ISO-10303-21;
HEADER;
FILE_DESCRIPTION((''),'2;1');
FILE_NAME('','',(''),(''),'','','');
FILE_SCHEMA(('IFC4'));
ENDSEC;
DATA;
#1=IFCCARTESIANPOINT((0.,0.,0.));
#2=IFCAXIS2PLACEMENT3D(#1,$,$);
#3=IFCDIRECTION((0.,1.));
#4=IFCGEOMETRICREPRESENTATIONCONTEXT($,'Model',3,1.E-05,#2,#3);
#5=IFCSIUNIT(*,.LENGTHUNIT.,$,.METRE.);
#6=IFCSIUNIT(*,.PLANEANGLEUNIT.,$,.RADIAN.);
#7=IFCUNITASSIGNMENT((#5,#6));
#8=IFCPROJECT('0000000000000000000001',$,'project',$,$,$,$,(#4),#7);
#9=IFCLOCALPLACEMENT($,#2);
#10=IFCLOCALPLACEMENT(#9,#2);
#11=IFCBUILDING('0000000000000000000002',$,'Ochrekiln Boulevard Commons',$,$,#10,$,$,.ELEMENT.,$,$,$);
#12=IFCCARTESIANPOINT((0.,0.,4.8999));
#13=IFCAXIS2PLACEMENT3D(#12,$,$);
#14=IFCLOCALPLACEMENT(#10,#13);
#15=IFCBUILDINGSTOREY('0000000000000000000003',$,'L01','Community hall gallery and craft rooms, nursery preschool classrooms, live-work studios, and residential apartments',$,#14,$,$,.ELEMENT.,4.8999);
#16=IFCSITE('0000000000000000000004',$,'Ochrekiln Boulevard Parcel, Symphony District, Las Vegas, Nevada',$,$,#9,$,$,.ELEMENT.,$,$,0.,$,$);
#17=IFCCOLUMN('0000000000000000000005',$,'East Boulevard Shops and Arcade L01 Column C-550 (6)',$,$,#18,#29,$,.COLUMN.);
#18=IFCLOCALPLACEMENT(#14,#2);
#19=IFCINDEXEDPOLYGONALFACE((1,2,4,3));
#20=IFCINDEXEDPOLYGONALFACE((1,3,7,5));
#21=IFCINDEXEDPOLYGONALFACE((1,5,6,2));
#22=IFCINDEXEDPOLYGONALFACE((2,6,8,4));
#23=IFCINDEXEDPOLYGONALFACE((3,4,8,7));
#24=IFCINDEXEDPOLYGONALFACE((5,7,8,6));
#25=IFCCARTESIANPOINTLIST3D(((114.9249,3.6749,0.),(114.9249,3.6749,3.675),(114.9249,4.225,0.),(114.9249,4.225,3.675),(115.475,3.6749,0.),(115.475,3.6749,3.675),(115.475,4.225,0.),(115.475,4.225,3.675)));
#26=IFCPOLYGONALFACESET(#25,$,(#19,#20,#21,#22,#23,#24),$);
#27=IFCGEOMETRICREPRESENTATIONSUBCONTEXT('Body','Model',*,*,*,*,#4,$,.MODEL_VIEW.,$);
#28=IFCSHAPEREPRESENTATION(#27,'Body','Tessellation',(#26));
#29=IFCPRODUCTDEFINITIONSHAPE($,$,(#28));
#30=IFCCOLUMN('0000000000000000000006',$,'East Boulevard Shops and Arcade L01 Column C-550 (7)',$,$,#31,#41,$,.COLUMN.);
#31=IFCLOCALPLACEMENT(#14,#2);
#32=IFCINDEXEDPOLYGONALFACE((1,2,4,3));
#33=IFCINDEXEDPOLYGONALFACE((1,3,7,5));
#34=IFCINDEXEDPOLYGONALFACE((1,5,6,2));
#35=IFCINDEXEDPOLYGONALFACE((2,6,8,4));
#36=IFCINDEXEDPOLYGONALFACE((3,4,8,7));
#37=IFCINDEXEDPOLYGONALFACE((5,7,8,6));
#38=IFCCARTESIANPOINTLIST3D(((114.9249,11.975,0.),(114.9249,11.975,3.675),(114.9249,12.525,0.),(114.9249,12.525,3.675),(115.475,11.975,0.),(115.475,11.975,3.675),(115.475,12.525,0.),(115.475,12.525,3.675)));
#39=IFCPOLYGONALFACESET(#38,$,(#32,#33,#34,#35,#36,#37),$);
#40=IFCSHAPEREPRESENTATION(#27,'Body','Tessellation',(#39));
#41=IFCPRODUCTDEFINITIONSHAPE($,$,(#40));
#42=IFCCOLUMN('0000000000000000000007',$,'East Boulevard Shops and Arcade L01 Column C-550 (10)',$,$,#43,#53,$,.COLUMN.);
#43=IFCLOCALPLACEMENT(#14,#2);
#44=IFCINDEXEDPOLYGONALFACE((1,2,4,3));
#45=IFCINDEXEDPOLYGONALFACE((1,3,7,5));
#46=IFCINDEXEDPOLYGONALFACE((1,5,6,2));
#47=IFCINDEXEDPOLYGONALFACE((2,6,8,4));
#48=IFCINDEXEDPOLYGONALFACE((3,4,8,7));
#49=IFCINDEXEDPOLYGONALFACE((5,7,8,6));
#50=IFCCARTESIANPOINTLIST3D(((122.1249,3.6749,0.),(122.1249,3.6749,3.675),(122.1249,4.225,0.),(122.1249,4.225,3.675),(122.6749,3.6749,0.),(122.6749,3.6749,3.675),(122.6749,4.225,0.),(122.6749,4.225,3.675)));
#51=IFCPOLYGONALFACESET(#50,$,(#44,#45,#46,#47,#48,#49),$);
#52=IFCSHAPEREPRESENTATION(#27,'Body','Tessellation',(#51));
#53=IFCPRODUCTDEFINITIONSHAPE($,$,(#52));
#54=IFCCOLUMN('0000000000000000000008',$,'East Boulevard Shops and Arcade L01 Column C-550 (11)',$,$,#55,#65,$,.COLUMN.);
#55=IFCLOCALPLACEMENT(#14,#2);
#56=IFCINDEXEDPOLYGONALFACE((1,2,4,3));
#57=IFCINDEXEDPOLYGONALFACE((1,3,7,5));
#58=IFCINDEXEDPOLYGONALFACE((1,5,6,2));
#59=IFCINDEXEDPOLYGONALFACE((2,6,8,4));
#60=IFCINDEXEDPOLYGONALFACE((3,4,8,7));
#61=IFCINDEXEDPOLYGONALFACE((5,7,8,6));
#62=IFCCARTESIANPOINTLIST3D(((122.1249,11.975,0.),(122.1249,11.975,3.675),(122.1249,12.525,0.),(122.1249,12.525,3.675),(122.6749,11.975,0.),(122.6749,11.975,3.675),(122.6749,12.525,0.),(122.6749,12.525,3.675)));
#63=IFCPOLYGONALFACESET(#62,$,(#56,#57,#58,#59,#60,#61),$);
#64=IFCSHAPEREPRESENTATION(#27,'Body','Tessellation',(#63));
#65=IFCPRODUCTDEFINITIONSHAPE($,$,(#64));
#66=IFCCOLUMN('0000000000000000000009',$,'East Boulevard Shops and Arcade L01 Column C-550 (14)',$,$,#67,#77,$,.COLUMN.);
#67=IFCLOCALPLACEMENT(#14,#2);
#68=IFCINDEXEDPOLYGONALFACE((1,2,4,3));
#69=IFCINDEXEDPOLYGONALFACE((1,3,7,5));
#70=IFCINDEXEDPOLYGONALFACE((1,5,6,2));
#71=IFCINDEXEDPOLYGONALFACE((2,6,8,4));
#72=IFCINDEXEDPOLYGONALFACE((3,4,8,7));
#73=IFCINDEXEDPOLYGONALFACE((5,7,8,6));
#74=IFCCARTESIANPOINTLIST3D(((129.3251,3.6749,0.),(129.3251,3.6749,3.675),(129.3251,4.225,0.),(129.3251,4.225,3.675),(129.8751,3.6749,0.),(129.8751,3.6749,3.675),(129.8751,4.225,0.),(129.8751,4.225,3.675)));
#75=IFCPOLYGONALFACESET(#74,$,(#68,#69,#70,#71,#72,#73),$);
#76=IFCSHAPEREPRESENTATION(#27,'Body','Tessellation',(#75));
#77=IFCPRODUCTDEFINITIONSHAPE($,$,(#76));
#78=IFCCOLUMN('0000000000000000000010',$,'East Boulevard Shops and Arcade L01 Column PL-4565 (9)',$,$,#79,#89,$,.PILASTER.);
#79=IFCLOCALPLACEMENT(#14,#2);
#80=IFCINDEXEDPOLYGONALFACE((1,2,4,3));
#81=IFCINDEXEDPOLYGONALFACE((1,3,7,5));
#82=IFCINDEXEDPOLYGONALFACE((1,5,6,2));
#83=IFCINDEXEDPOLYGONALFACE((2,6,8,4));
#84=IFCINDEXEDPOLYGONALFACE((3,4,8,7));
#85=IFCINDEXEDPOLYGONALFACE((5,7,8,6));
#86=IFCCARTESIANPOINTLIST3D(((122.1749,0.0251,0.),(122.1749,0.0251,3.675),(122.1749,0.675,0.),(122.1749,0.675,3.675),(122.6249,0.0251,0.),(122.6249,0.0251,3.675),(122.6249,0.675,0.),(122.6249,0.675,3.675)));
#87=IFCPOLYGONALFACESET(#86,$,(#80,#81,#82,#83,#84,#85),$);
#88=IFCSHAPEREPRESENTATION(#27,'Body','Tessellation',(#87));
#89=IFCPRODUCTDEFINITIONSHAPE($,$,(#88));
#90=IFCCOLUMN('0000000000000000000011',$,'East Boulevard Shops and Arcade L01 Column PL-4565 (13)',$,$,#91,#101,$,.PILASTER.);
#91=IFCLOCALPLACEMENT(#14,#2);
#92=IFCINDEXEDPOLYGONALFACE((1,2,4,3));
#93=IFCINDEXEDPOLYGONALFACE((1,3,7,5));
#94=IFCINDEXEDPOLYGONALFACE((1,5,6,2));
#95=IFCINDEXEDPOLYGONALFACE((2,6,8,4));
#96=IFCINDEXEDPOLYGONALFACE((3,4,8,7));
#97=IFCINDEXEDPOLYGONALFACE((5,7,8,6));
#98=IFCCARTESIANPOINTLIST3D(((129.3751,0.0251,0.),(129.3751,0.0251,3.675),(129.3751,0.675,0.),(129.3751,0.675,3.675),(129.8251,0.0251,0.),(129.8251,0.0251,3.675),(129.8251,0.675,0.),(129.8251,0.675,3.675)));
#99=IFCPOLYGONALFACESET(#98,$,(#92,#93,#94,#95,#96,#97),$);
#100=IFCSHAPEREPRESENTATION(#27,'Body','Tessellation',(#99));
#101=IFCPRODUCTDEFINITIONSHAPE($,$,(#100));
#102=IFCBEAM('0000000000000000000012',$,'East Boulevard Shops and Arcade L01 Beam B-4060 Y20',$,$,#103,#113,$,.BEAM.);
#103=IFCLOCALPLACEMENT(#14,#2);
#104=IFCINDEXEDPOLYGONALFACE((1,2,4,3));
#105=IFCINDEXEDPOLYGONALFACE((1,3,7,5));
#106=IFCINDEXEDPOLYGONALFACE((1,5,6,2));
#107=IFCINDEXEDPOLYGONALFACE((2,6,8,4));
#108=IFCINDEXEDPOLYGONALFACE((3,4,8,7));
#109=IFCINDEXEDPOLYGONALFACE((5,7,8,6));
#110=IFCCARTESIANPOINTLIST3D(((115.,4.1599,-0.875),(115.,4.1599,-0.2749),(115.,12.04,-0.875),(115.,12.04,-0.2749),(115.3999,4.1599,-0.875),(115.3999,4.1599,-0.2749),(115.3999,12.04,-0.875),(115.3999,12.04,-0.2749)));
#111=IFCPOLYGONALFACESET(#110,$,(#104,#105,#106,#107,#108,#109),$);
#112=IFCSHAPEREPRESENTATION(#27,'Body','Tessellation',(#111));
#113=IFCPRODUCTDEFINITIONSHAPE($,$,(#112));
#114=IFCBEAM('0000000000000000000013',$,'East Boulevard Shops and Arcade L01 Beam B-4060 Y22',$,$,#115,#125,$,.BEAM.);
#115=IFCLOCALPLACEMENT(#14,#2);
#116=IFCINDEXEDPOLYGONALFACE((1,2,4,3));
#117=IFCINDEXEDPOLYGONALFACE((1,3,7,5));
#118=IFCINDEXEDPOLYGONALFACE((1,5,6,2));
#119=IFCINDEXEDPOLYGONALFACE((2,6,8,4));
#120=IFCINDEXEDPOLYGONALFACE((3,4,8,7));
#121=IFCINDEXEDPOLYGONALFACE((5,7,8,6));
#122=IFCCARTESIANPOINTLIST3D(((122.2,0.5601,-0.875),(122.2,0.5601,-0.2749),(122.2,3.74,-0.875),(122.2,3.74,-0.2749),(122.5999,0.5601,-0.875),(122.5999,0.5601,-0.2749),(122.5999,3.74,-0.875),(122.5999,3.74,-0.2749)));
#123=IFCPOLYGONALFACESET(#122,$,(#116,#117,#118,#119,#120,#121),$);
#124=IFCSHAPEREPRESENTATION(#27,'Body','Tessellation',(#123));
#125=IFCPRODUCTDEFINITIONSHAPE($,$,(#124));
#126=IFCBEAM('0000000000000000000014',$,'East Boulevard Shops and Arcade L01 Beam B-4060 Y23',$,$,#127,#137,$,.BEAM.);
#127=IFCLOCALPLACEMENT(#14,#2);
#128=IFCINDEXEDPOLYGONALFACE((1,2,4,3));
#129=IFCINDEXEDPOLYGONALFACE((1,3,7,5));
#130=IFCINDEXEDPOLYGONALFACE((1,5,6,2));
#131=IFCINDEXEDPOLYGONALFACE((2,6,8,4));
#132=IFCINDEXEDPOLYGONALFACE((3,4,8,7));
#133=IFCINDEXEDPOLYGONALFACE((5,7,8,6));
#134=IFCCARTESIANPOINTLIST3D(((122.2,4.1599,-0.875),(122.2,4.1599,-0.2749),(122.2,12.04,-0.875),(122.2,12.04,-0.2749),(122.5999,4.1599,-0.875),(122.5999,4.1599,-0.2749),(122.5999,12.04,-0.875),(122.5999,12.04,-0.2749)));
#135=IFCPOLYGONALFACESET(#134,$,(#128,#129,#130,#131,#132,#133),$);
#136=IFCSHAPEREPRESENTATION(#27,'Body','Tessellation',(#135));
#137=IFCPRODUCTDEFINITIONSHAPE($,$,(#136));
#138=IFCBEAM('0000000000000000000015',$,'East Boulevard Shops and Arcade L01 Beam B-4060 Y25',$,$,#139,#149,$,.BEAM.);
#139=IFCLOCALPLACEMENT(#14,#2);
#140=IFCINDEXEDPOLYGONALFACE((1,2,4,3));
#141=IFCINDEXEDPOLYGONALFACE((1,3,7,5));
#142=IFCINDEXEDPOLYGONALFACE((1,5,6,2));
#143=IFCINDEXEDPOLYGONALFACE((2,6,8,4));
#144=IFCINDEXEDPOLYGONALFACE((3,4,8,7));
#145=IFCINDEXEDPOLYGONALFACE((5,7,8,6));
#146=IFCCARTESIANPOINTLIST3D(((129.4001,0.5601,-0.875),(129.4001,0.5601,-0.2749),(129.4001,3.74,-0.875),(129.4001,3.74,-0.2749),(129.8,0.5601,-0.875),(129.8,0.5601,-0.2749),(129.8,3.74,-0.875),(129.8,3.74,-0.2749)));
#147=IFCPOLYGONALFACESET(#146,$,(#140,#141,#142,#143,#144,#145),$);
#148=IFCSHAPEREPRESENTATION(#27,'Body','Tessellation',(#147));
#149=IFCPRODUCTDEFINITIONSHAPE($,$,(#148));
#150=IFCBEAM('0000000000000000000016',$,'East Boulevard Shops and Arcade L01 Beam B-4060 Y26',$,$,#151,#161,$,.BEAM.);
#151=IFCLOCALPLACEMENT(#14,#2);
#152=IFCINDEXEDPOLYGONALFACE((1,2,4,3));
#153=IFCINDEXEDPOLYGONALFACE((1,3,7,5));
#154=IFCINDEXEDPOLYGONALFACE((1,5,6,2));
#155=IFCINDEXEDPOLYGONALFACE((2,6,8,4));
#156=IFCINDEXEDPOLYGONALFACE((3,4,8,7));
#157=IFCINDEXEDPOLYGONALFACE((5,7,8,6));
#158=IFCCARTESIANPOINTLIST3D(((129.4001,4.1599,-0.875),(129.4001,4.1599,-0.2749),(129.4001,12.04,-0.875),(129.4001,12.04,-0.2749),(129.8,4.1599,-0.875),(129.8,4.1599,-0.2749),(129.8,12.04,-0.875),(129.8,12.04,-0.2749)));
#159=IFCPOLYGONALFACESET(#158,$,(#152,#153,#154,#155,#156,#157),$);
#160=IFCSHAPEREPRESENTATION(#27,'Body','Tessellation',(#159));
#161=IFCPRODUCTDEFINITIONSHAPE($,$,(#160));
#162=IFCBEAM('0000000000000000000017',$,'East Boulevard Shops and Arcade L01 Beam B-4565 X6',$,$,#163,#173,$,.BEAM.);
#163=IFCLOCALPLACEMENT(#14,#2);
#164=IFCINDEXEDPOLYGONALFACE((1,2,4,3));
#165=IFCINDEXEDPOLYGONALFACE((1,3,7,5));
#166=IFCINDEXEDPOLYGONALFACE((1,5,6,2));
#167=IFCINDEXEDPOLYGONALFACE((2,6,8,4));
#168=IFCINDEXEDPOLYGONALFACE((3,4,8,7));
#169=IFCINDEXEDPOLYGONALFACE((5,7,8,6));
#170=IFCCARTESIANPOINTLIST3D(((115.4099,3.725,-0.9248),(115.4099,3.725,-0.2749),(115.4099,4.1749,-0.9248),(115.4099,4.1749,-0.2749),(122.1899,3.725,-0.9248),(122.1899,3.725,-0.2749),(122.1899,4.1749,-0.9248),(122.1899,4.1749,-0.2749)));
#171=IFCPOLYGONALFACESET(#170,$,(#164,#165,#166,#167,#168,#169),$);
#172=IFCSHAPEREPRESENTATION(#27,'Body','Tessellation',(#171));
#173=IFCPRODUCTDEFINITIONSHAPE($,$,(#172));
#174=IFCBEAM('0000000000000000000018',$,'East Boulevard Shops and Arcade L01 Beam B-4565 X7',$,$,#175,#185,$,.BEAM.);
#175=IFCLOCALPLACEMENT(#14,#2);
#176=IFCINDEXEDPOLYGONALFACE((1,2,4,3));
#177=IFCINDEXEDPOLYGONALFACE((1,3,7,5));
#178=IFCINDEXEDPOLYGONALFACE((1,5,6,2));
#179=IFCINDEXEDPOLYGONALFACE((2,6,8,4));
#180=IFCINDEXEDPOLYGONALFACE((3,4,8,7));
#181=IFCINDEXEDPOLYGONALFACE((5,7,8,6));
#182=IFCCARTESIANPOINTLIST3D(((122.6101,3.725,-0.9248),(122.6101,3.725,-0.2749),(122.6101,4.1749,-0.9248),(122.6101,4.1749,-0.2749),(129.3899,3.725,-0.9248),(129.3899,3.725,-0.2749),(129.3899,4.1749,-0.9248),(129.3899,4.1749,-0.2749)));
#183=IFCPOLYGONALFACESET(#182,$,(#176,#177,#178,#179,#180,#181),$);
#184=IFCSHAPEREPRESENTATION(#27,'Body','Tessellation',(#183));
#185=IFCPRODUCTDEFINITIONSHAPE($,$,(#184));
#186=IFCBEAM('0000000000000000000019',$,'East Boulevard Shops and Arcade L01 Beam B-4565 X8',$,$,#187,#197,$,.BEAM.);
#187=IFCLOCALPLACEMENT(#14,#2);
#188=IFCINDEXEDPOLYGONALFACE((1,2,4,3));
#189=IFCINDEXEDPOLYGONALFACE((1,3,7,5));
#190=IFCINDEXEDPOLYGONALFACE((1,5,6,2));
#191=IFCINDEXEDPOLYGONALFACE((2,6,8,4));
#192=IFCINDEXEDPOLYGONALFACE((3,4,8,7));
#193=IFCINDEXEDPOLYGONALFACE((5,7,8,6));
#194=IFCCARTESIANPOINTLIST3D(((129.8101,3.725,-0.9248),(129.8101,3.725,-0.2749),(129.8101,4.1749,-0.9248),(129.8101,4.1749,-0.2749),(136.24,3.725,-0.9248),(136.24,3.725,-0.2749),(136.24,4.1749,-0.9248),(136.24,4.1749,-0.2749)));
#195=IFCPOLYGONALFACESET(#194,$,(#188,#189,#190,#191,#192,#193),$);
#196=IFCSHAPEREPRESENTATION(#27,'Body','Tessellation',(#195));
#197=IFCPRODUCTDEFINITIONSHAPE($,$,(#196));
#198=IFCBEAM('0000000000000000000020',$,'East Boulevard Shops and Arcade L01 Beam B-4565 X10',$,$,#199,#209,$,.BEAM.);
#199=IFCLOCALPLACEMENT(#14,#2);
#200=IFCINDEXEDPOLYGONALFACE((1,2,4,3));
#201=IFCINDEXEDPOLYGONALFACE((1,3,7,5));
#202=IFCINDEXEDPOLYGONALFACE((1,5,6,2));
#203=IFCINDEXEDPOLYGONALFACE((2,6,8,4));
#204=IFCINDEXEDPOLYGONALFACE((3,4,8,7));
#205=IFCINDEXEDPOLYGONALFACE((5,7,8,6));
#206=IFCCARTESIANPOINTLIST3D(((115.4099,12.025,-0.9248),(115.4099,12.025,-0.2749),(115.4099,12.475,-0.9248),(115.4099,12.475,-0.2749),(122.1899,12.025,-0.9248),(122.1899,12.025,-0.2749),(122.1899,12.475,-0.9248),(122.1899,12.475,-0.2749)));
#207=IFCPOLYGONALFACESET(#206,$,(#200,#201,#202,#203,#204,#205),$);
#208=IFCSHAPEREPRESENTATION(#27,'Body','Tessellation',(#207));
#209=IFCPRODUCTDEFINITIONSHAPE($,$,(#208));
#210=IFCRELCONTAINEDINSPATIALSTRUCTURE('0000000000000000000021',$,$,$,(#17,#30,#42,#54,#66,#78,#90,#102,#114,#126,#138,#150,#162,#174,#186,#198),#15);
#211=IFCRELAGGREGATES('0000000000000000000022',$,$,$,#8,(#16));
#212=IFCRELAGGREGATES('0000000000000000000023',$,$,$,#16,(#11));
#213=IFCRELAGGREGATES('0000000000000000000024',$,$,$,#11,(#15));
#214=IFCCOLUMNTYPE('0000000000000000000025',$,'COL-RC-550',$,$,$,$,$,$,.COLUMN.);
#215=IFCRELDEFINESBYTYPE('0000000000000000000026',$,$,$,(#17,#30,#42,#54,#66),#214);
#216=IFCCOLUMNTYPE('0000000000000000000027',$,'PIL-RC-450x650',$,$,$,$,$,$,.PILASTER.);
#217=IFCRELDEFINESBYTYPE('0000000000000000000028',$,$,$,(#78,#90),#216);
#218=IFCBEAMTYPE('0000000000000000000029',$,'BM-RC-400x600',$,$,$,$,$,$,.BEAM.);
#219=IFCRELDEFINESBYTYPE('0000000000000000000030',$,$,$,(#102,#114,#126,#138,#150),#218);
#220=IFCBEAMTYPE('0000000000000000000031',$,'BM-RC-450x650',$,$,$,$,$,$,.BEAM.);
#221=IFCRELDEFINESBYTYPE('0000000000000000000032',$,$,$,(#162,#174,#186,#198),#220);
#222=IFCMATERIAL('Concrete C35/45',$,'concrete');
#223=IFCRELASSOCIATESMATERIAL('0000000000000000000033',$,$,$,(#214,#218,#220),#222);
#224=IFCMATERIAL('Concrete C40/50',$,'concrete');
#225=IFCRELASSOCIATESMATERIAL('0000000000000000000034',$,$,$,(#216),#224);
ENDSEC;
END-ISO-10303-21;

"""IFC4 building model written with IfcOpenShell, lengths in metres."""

from ifc_helpers import new_model, si_unit, direction, frame, origin, origin_2d, place, context, subcontext, project, spatial, rectangle, extrude, material, material_profile, profile_set, type_object, element, save


model = new_model("IFC4")

# Units and contexts
model_context = context("Model", 3, precision=1e-05, world=origin(), true_north=direction((0.0, 1.0)))
body_context = subcontext(model_context, "Body", "Model", "MODEL_VIEW")
ifc_project = project(units=[si_unit("LENGTHUNIT", "METRE"), si_unit("PLANEANGLEUNIT", "RADIAN")], contexts=[model_context])

# Site, building, storey
site_placement = place(None, origin())
site = spatial("IfcSite", under=ifc_project, at=site_placement, Name="Ochrekiln Boulevard Parcel, Symphony District, Las Vegas, Nevada", CompositionType="ELEMENT", RefElevation=0.0)
building_placement = place(site_placement, origin())
building = spatial("IfcBuilding", under=site, at=building_placement, Name="Ochrekiln Boulevard Commons", CompositionType="ELEMENT")
storey_placement = place(building_placement, frame((0.0, 0.0, 4.8999)))
storey = spatial("IfcBuildingStorey", under=building, at=storey_placement, Name="L01", Description="Community hall gallery and craft rooms, nursery preschool classrooms, live-work studios, and residential apartments", CompositionType="ELEMENT", Elevation=4.8999)

# Columns
ifc_material_1 = material(Name="Concrete C35/45", Category="concrete")
ifc_material_profile_1 = material_profile(ifc_material_1, rectangle(XDim=0.55, YDim=0.55, at=origin_2d()), Name="RC-COL-550x550")
ifc_profile_set_1 = profile_set([ifc_material_profile_1], Name="Concrete C35/45")
column_type_1 = type_object("IfcColumnType", Name="COL-RC-550", PredefinedType="COLUMN", material=ifc_profile_set_1)
for number, where, z_axis, x_axis, name in (
    (1, (115.2, 3.95, 0.0), (0.0, 0.0, 1.0), (1.0, 0.0, 0.0), "East Boulevard Shops and Arcade L01 Column C-550 (6)"),
    (2, (115.2, 12.25, 0.0), (0.0, 0.0, 1.0), (1.0, 0.0, 0.0), "East Boulevard Shops and Arcade L01 Column C-550 (7)"),
    (3, (122.3999, 3.95, 0.0), (0.0, 0.0, 1.0), (1.0, 0.0, 0.0), "East Boulevard Shops and Arcade L01 Column C-550 (10)"),
    (4, (122.3999, 12.25, 0.0), (0.0, 0.0, 1.0), (1.0, 0.0, 0.0), "East Boulevard Shops and Arcade L01 Column C-550 (11)"),
    (5, (129.6001, 3.95, 0.0), (0.0, 0.0, 1.0), (1.0, 0.0, 0.0), "East Boulevard Shops and Arcade L01 Column C-550 (14)"),
):
    element("IfcColumn", number, at=place(storey_placement, frame(where, z_axis=z_axis, x_axis=x_axis)), inside=storey, type_object=column_type_1, Name=name, PredefinedType="COLUMN", context=body_context, shape_type="SweptSolid", body=[
        extrude(rectangle(XDim=0.55, YDim=0.55, at=origin_2d()), origin(), (0.0, 0.0, 1.0), 3.675),
    ])
ifc_material_2 = material(Name="Concrete C40/50", Category="concrete")
ifc_material_profile_2 = material_profile(ifc_material_2, rectangle(XDim=0.45, YDim=0.6499, at=origin_2d()), Name="RC-PIL-450x650")
ifc_profile_set_2 = profile_set([ifc_material_profile_2], Name="Concrete C40/50")
column_type_2 = type_object("IfcColumnType", Name="PIL-RC-450x650", PredefinedType="PILASTER", material=ifc_profile_set_2)
for number, where, z_axis, x_axis, name in (
    (6, (122.3999, 0.3501, 0.0), (0.0, 0.0, 1.0), (1.0, 0.0, 0.0), "East Boulevard Shops and Arcade L01 Column PL-4565 (9)"),
    (7, (129.6001, 0.3501, 0.0), (0.0, 0.0, 1.0), (1.0, 0.0, 0.0), "East Boulevard Shops and Arcade L01 Column PL-4565 (13)"),
):
    element("IfcColumn", number, at=place(storey_placement, frame(where, z_axis=z_axis, x_axis=x_axis)), inside=storey, type_object=column_type_2, Name=name, PredefinedType="PILASTER", context=body_context, shape_type="SweptSolid", body=[
        extrude(rectangle(XDim=0.45, YDim=0.6499, at=origin_2d()), origin(), (0.0, 0.0, 1.0), 3.675),
    ])

# Beams
ifc_material_profile_3 = material_profile(ifc_material_1, rectangle(XDim=0.3999, YDim=0.6001, at=origin_2d()), Name="RC-BM-400x600")
ifc_profile_set_3 = profile_set([ifc_material_profile_3], Name="Concrete C35/45")
beam_type_1 = type_object("IfcBeamType", Name="BM-RC-400x600", PredefinedType="BEAM", material=ifc_profile_set_3)
beam_1_placement = place(storey_placement, frame((115.2, 4.1599, -0.575), z_axis=(0.0, 1.0, 0.0), x_axis=(-1.0, 0.0, 0.0)))
element("IfcBeam", 8, at=beam_1_placement, inside=storey, type_object=beam_type_1, Name="East Boulevard Shops and Arcade L01 Beam B-4060 Y20", PredefinedType="BEAM", context=body_context, shape_type="SweptSolid", body=[
    extrude(rectangle(XDim=0.3999, YDim=0.6001, at=origin_2d()), origin(), (0.0, 0.0, 1.0), 7.8801),
])
beam_2_placement = place(storey_placement, frame((122.3999, 0.5601, -0.575), z_axis=(0.0, 1.0, 0.0), x_axis=(-1.0, 0.0, 0.0)))
element("IfcBeam", 9, at=beam_2_placement, inside=storey, type_object=beam_type_1, Name="East Boulevard Shops and Arcade L01 Beam B-4060 Y22", PredefinedType="BEAM", context=body_context, shape_type="SweptSolid", body=[
    extrude(rectangle(XDim=0.3999, YDim=0.6001, at=origin_2d()), origin(), (0.0, 0.0, 1.0), 3.1799),
])
beam_3_placement = place(storey_placement, frame((122.3999, 4.1599, -0.575), z_axis=(0.0, 1.0, 0.0), x_axis=(-1.0, 0.0, 0.0)))
element("IfcBeam", 10, at=beam_3_placement, inside=storey, type_object=beam_type_1, Name="East Boulevard Shops and Arcade L01 Beam B-4060 Y23", PredefinedType="BEAM", context=body_context, shape_type="SweptSolid", body=[
    extrude(rectangle(XDim=0.3999, YDim=0.6001, at=origin_2d()), origin(), (0.0, 0.0, 1.0), 7.8801),
])
beam_4_placement = place(storey_placement, frame((129.6001, 0.5601, -0.575), z_axis=(0.0, 1.0, 0.0), x_axis=(-1.0, 0.0, 0.0)))
element("IfcBeam", 11, at=beam_4_placement, inside=storey, type_object=beam_type_1, Name="East Boulevard Shops and Arcade L01 Beam B-4060 Y25", PredefinedType="BEAM", context=body_context, shape_type="SweptSolid", body=[
    extrude(rectangle(XDim=0.3999, YDim=0.6001, at=origin_2d()), origin(), (0.0, 0.0, 1.0), 3.1799),
])
beam_5_placement = place(storey_placement, frame((129.6001, 4.1599, -0.575), z_axis=(0.0, 1.0, 0.0), x_axis=(-1.0, 0.0, 0.0)))
element("IfcBeam", 12, at=beam_5_placement, inside=storey, type_object=beam_type_1, Name="East Boulevard Shops and Arcade L01 Beam B-4060 Y26", PredefinedType="BEAM", context=body_context, shape_type="SweptSolid", body=[
    extrude(rectangle(XDim=0.3999, YDim=0.6001, at=origin_2d()), origin(), (0.0, 0.0, 1.0), 7.8801),
])
ifc_material_profile_4 = material_profile(ifc_material_1, rectangle(XDim=0.45, YDim=0.6499, at=origin_2d()), Name="RC-BM-450x650")
ifc_profile_set_4 = profile_set([ifc_material_profile_4], Name="Concrete C35/45")
beam_type_2 = type_object("IfcBeamType", Name="BM-RC-450x650", PredefinedType="BEAM", material=ifc_profile_set_4)
beam_6_placement = place(storey_placement, frame((115.4099, 3.95, -0.5999), z_axis=(1.0, 0.0, 0.0), x_axis=(0.0, 1.0, 0.0)))
element("IfcBeam", 13, at=beam_6_placement, inside=storey, type_object=beam_type_2, Name="East Boulevard Shops and Arcade L01 Beam B-4565 X6", PredefinedType="BEAM", context=body_context, shape_type="SweptSolid", body=[
    extrude(rectangle(XDim=0.45, YDim=0.6499, at=origin_2d()), origin(), (0.0, 0.0, 1.0), 6.78),
])
beam_7_placement = place(storey_placement, frame((122.6101, 3.95, -0.5999), z_axis=(1.0, 0.0, 0.0), x_axis=(0.0, 1.0, 0.0)))
element("IfcBeam", 14, at=beam_7_placement, inside=storey, type_object=beam_type_2, Name="East Boulevard Shops and Arcade L01 Beam B-4565 X7", PredefinedType="BEAM", context=body_context, shape_type="SweptSolid", body=[
    extrude(rectangle(XDim=0.45, YDim=0.6499, at=origin_2d()), origin(), (0.0, 0.0, 1.0), 6.7798),
])
beam_8_placement = place(storey_placement, frame((129.8101, 3.95, -0.5999), z_axis=(1.0, 0.0, 0.0), x_axis=(0.0, 1.0, 0.0)))
element("IfcBeam", 15, at=beam_8_placement, inside=storey, type_object=beam_type_2, Name="East Boulevard Shops and Arcade L01 Beam B-4565 X8", PredefinedType="BEAM", context=body_context, shape_type="SweptSolid", body=[
    extrude(rectangle(XDim=0.45, YDim=0.6499, at=origin_2d()), origin(), (0.0, 0.0, 1.0), 6.4299),
])
beam_9_placement = place(storey_placement, frame((115.4099, 12.25, -0.5999), z_axis=(1.0, 0.0, 0.0), x_axis=(0.0, 1.0, 0.0)))
element("IfcBeam", 16, at=beam_9_placement, inside=storey, type_object=beam_type_2, Name="East Boulevard Shops and Arcade L01 Beam B-4565 X10", PredefinedType="BEAM", context=body_context, shape_type="SweptSolid", body=[
    extrude(rectangle(XDim=0.45, YDim=0.6499, at=origin_2d()), origin(), (0.0, 0.0, 1.0), 6.78),
])

save(model, "model.ifc")
